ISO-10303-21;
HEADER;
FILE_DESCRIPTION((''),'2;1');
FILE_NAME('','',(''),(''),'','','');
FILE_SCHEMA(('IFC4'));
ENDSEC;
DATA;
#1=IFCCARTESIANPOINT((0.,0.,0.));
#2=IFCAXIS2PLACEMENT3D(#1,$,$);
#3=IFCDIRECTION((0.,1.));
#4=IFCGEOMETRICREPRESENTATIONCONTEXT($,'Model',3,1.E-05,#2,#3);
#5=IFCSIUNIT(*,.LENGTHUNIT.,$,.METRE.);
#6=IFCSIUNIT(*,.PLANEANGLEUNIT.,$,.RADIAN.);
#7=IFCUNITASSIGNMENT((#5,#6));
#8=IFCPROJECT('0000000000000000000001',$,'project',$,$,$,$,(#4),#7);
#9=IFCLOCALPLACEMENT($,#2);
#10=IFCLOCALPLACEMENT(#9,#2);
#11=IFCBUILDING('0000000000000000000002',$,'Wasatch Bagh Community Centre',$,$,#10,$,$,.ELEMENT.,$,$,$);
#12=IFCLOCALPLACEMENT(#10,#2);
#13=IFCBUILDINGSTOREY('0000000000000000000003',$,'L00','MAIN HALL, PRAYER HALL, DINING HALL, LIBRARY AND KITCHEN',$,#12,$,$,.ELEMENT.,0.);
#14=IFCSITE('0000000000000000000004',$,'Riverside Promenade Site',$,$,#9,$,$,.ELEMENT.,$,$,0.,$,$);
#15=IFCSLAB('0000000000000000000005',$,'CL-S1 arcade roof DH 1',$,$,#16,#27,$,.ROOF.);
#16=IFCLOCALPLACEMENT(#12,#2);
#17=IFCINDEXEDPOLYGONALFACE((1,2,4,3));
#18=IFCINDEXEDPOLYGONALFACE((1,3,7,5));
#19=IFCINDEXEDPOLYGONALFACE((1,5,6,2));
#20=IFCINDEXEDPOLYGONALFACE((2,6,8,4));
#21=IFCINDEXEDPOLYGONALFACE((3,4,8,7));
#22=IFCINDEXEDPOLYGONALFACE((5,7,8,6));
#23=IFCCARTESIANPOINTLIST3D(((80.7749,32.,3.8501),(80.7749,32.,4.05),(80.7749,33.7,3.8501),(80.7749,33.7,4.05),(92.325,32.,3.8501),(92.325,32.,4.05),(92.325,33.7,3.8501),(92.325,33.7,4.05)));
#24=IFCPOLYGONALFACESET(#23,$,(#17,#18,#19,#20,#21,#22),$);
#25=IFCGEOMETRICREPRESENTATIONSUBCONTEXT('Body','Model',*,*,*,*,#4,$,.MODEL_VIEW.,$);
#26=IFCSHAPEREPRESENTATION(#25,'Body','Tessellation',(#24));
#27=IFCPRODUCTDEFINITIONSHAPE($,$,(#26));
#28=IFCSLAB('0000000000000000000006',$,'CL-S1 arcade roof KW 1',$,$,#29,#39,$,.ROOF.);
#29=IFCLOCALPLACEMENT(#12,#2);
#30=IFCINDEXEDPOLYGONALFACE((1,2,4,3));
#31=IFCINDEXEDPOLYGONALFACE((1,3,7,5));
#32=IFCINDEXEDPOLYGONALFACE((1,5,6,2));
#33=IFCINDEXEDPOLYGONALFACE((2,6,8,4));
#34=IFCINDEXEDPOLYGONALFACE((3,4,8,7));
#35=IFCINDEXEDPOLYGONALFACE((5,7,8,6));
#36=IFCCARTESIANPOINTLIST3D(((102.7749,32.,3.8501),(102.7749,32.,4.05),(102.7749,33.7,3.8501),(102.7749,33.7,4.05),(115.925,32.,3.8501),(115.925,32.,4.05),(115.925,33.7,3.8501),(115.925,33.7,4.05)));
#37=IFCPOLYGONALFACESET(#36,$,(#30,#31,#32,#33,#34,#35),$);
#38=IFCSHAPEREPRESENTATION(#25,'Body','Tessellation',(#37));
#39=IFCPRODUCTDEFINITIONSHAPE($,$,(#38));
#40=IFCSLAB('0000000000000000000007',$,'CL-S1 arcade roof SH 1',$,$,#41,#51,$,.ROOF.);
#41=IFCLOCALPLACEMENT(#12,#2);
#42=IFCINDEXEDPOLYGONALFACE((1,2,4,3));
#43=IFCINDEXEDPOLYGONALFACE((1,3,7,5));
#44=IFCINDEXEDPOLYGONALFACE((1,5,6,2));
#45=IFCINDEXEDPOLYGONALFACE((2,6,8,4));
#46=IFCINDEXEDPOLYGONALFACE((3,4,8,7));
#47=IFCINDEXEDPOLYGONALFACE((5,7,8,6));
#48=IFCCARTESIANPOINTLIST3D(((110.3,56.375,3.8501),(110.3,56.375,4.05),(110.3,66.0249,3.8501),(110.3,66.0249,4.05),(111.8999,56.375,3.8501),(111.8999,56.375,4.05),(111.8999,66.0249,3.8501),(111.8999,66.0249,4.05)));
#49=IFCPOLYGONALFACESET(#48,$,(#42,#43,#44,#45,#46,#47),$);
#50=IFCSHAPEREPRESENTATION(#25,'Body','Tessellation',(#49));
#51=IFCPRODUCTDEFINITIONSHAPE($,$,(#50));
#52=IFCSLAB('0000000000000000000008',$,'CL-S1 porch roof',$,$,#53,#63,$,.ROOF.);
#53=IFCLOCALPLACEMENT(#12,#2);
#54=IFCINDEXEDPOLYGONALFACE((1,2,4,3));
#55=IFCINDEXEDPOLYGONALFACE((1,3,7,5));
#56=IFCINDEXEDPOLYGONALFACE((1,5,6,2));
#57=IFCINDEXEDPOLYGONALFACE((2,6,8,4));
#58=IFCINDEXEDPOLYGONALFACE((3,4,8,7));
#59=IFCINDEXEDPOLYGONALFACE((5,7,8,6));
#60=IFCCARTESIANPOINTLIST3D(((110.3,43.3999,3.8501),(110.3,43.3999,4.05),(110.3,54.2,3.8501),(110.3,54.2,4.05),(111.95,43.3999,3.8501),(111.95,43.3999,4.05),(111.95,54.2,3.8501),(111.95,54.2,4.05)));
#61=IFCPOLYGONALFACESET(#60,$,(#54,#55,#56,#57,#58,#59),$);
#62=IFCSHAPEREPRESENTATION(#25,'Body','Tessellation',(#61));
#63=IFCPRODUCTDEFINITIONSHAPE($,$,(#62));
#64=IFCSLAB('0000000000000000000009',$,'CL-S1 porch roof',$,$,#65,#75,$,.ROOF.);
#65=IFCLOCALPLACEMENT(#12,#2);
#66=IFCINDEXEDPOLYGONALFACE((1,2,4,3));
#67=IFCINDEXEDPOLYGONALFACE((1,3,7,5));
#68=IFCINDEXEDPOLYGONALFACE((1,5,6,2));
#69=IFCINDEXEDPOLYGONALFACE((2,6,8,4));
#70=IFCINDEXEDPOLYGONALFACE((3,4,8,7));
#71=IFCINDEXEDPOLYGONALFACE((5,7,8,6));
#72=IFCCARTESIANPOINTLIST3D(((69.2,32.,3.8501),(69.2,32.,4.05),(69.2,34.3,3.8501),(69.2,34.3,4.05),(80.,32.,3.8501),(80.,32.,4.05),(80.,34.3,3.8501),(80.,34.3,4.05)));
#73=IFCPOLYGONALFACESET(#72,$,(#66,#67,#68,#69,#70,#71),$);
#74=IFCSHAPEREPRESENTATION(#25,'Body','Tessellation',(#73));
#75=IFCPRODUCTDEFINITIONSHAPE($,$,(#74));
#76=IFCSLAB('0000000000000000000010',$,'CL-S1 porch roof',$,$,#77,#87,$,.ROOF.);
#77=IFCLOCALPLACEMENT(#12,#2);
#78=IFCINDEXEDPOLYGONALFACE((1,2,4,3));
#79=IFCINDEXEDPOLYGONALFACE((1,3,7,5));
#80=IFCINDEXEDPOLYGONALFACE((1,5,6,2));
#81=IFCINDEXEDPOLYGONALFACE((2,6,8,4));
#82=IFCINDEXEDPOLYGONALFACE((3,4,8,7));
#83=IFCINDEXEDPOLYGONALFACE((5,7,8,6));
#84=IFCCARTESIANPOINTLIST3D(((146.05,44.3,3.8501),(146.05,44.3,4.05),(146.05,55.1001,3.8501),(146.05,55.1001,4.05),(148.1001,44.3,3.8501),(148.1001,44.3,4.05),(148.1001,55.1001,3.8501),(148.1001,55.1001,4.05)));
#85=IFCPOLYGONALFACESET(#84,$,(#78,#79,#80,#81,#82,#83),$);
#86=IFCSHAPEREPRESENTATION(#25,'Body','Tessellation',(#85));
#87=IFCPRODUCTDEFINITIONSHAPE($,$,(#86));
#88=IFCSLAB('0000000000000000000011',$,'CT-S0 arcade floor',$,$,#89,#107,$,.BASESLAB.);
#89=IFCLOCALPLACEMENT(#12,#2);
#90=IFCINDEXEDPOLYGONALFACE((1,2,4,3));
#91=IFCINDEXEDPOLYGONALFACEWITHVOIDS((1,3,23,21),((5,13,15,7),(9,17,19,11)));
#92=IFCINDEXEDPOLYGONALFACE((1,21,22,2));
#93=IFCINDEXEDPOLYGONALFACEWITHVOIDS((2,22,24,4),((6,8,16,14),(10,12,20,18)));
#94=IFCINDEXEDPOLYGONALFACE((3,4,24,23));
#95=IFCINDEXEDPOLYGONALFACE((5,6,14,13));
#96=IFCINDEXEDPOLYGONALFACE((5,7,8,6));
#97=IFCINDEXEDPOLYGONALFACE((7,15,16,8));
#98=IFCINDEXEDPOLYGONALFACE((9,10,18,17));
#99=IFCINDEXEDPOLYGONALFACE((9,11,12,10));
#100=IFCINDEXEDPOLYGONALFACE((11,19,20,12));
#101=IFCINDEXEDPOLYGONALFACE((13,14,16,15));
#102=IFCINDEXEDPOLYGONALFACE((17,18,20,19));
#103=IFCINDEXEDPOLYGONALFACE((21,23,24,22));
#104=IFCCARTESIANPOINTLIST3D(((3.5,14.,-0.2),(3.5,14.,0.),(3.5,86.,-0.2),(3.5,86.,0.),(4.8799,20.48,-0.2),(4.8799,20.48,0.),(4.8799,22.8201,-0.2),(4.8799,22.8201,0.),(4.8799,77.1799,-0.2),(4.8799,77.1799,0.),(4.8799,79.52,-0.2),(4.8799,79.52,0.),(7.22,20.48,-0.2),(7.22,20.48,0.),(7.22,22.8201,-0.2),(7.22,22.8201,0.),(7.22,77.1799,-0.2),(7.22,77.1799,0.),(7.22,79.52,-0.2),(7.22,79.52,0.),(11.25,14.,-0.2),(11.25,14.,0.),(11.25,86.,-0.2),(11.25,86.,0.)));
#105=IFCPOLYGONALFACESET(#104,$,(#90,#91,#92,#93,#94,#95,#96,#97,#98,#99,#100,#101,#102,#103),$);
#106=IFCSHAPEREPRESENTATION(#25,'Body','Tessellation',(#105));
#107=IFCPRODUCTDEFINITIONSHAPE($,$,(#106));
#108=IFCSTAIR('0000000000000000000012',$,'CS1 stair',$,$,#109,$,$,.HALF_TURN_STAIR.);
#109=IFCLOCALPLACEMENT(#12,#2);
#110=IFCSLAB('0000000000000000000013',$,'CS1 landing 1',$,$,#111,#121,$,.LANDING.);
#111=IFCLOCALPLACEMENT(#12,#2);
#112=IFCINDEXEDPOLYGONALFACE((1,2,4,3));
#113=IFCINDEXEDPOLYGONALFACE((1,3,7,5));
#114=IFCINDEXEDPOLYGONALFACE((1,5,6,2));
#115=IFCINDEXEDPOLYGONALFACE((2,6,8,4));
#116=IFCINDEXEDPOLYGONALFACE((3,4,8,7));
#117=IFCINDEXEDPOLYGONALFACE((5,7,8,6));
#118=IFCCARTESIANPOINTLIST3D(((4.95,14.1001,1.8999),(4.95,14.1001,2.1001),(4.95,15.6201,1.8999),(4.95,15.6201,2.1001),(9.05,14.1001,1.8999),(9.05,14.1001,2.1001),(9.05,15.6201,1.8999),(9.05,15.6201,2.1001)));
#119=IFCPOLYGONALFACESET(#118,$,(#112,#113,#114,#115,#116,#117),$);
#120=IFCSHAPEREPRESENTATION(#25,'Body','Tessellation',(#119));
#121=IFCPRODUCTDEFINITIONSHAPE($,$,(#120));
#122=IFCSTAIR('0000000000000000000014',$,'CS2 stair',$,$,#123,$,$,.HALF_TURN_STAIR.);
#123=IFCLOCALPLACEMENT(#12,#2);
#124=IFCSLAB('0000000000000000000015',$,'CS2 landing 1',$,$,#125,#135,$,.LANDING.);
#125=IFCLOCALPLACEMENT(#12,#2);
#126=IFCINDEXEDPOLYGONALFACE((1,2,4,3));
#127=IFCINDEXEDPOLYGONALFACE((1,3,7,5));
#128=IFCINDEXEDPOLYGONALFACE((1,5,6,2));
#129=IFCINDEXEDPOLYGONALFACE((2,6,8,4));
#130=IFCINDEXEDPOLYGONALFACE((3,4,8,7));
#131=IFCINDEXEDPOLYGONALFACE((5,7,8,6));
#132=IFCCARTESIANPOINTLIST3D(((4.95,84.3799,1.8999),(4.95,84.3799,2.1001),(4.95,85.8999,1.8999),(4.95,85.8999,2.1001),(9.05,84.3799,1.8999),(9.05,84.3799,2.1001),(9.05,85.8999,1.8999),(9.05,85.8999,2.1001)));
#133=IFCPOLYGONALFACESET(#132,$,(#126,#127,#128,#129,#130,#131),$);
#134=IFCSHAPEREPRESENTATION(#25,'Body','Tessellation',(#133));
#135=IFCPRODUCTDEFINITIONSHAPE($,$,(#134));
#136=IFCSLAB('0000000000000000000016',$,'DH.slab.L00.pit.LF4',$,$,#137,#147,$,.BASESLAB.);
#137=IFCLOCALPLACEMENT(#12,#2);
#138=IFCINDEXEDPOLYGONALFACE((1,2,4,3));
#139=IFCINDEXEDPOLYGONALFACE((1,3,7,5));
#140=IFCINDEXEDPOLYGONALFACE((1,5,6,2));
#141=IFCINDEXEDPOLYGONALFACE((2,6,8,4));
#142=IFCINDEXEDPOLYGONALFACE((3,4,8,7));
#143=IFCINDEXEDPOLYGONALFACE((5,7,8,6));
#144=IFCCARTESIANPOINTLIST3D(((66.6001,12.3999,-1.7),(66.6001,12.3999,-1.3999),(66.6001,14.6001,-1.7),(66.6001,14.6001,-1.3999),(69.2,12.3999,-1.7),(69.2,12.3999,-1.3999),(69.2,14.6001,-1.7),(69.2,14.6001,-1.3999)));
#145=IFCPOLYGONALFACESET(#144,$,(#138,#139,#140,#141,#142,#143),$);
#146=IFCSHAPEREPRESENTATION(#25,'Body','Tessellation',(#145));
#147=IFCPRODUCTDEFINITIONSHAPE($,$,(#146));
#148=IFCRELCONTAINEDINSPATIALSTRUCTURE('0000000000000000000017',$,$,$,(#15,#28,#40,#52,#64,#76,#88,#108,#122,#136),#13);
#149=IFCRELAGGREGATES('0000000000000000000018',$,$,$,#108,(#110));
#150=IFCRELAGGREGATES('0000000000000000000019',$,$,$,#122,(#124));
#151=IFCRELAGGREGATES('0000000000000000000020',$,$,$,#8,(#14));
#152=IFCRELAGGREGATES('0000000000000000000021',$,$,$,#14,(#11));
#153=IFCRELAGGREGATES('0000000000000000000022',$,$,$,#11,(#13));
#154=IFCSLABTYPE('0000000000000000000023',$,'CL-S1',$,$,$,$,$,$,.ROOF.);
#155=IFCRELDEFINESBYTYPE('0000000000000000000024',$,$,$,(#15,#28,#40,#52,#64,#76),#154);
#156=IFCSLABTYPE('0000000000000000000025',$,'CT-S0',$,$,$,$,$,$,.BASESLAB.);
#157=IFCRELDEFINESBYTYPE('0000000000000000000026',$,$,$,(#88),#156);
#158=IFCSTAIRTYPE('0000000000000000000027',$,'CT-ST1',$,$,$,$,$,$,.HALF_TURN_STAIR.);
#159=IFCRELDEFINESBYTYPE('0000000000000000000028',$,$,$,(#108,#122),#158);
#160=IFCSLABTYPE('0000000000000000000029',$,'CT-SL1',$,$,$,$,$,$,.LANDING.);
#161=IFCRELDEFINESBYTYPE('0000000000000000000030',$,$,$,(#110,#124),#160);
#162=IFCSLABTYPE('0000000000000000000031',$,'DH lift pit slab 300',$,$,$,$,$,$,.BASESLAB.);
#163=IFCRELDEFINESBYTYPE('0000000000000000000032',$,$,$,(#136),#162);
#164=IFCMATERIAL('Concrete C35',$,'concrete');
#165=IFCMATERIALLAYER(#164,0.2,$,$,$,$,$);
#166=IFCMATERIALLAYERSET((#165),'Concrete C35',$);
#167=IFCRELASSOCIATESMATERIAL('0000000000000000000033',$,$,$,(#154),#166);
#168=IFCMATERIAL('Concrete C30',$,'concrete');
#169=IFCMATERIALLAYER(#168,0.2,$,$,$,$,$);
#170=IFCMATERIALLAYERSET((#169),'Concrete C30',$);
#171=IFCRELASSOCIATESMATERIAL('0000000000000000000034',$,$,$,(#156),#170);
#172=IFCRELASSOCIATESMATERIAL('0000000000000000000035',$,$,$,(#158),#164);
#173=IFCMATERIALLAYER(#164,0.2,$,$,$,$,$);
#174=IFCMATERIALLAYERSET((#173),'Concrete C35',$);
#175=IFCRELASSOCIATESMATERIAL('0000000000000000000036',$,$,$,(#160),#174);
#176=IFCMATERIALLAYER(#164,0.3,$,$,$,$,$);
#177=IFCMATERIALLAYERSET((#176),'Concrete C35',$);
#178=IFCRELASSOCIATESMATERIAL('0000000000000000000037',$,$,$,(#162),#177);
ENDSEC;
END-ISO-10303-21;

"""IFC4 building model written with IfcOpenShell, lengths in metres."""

from ifc_helpers import new_model, si_unit, direction, frame, origin, place, context, subcontext, project, spatial, polyline, outline, extrude, material, layer, layer_set, type_object, element, aggregate, save


model = new_model("IFC4")

# Units and contexts
model_context = context("Model", 3, precision=1e-05, world=origin(), true_north=direction((0.0, 1.0)))
body_context = subcontext(model_context, "Body", "Model", "MODEL_VIEW")
ifc_project = project(units=[si_unit("LENGTHUNIT", "METRE"), si_unit("PLANEANGLEUNIT", "RADIAN")], contexts=[model_context])

# Site, building, storey
site_placement = place(None, origin())
site = spatial("IfcSite", under=ifc_project, at=site_placement, Name="Riverside Promenade Site", CompositionType="ELEMENT", RefElevation=0.0)
building_placement = place(site_placement, origin())
building = spatial("IfcBuilding", under=site, at=building_placement, Name="Wasatch Bagh Community Centre", CompositionType="ELEMENT")
storey_placement = place(building_placement, origin())
storey = spatial("IfcBuildingStorey", under=building, at=storey_placement, Name="L00", Description="MAIN HALL, PRAYER HALL, DINING HALL, LIBRARY AND KITCHEN", CompositionType="ELEMENT", Elevation=0.0)

# Slabs
ifc_material_1 = material(Name="Concrete C35", Category="concrete")
ifc_layer_1 = layer(ifc_material_1, 0.2)
ifc_layer_set_1 = layer_set([ifc_layer_1], Name="Concrete C35")
slab_type_1 = type_object("IfcSlabType", Name="CL-S1", PredefinedType="ROOF", material=ifc_layer_set_1)
slab_1_placement = place(storey_placement, frame((0.0, 0.0, 3.8501)))
element("IfcSlab", 1, at=slab_1_placement, inside=storey, type_object=slab_type_1, Name="CL-S1 arcade roof DH 1", PredefinedType="ROOF", context=body_context, shape_type="SweptSolid", body=[
    extrude(outline(polyline([(80.7749, 32.0), (92.325, 32.0), (92.325, 33.7), (80.7749, 33.7), (80.7749, 32.0)])), origin(), (0.0, 0.0, 1.0), 0.2),
])
slab_2_placement = place(storey_placement, frame((0.0, 0.0, 3.8501)))
element("IfcSlab", 2, at=slab_2_placement, inside=storey, type_object=slab_type_1, Name="CL-S1 arcade roof KW 1", PredefinedType="ROOF", context=body_context, shape_type="SweptSolid", body=[
    extrude(outline(polyline([(102.7749, 32.0), (115.925, 32.0), (115.925, 33.7), (102.7749, 33.7), (102.7749, 32.0)])), origin(), (0.0, 0.0, 1.0), 0.2),
])
slab_3_placement = place(storey_placement, frame((0.0, 0.0, 3.8501)))
element("IfcSlab", 3, at=slab_3_placement, inside=storey, type_object=slab_type_1, Name="CL-S1 arcade roof SH 1", PredefinedType="ROOF", context=body_context, shape_type="SweptSolid", body=[
    extrude(outline(polyline([(110.3, 56.375), (111.8999, 56.375), (111.8999, 66.0249), (110.3, 66.0249), (110.3, 56.375)])), origin(), (0.0, 0.0, 1.0), 0.2),
])
slab_4_placement = place(storey_placement, frame((0.0, 0.0, 3.8501)))
element("IfcSlab", 4, at=slab_4_placement, inside=storey, type_object=slab_type_1, Name="CL-S1 porch roof", PredefinedType="ROOF", context=body_context, shape_type="SweptSolid", body=[
    extrude(outline(polyline([(110.3, 43.3999), (110.3, 54.2), (111.95, 54.2), (111.95, 43.3999), (110.3, 43.3999)])), origin(), (0.0, 0.0, 1.0), 0.2),
])
slab_5_placement = place(storey_placement, frame((0.0, 0.0, 3.8501)))
element("IfcSlab", 5, at=slab_5_placement, inside=storey, type_object=slab_type_1, Name="CL-S1 porch roof", PredefinedType="ROOF", context=body_context, shape_type="SweptSolid", body=[
    extrude(outline(polyline([(69.2, 34.3), (80.0, 34.3), (80.0, 32.0), (69.2, 32.0), (69.2, 34.3)])), origin(), (0.0, 0.0, 1.0), 0.2),
])
slab_6_placement = place(storey_placement, frame((0.0, 0.0, 3.8501)))
element("IfcSlab", 6, at=slab_6_placement, inside=storey, type_object=slab_type_1, Name="CL-S1 porch roof", PredefinedType="ROOF", context=body_context, shape_type="SweptSolid", body=[
    extrude(outline(polyline([(148.1001, 55.1001), (148.1001, 44.3), (146.05, 44.3), (146.05, 55.1001), (148.1001, 55.1001)])), origin(), (0.0, 0.0, 1.0), 0.2),
])
ifc_material_2 = material(Name="Concrete C30", Category="concrete")
ifc_layer_2 = layer(ifc_material_2, 0.2)
ifc_layer_set_2 = layer_set([ifc_layer_2], Name="Concrete C30")
slab_type_2 = type_object("IfcSlabType", Name="CT-S0", PredefinedType="BASESLAB", material=ifc_layer_set_2)
slab_7_placement = place(storey_placement, frame((0.0, 0.0, -0.2)))
element("IfcSlab", 7, at=slab_7_placement, inside=storey, type_object=slab_type_2, Name="CT-S0 arcade floor", PredefinedType="BASESLAB", context=body_context, shape_type="SweptSolid", body=[
    extrude(outline(polyline([(3.5, 14.0), (3.5, 86.0), (11.25, 86.0), (11.25, 14.0), (3.5, 14.0)]), holes=[polyline([(7.22, 20.48), (7.22, 22.8201), (4.8799, 22.8201), (4.8799, 20.48), (7.22, 20.48)]), polyline([(7.22, 77.1799), (7.22, 79.52), (4.8799, 79.52), (4.8799, 77.1799), (7.22, 77.1799)])]), origin(), (0.0, 0.0, 1.0), 0.2),
])

# Stairs, slabs
stair_type = type_object("IfcStairType", Name="CT-ST1", PredefinedType="HALF_TURN_STAIR", material=ifc_material_1)
stair_1_placement = place(storey_placement, origin())
stair_1 = element("IfcStair", 8, at=stair_1_placement, inside=storey, type_object=stair_type, Name="CS1 stair", PredefinedType="HALF_TURN_STAIR")
ifc_layer_3 = layer(ifc_material_1, 0.2)
ifc_layer_set_3 = layer_set([ifc_layer_3], Name="Concrete C35")
slab_type_3 = type_object("IfcSlabType", Name="CT-SL1", PredefinedType="LANDING", material=ifc_layer_set_3)
slab_8_placement = place(storey_placement, frame((0.0, 0.0, 1.8999)))
slab_8 = element("IfcSlab", 9, at=slab_8_placement, type_object=slab_type_3, Name="CS1 landing 1", PredefinedType="LANDING", context=body_context, shape_type="SweptSolid", body=[
    extrude(outline(polyline([(4.95, 14.1001), (9.05, 14.1001), (9.05, 15.6201), (4.95, 15.6201), (4.95, 14.1001)])), origin(), (0.0, 0.0, 1.0), 0.2002),
])
aggregate(stair_1, [slab_8])
stair_2_placement = place(storey_placement, origin())
stair_2 = element("IfcStair", 10, at=stair_2_placement, inside=storey, type_object=stair_type, Name="CS2 stair", PredefinedType="HALF_TURN_STAIR")
slab_9_placement = place(storey_placement, frame((0.0, 0.0, 1.8999)))
slab_9 = element("IfcSlab", 11, at=slab_9_placement, type_object=slab_type_3, Name="CS2 landing 1", PredefinedType="LANDING", context=body_context, shape_type="SweptSolid", body=[
    extrude(outline(polyline([(4.95, 85.8999), (9.05, 85.8999), (9.05, 84.3799), (4.95, 84.3799), (4.95, 85.8999)])), origin(), (0.0, 0.0, 1.0), 0.2002),
])
aggregate(stair_2, [slab_9])

# Slab
ifc_layer_4 = layer(ifc_material_1, 0.3)
ifc_layer_set_4 = layer_set([ifc_layer_4], Name="Concrete C35")
slab_type_4 = type_object("IfcSlabType", Name="DH lift pit slab 300", PredefinedType="BASESLAB", material=ifc_layer_set_4)
slab_10_placement = place(storey_placement, frame((0.0, 0.0, -1.7)))
element("IfcSlab", 12, at=slab_10_placement, inside=storey, type_object=slab_type_4, Name="DH.slab.L00.pit.LF4", PredefinedType="BASESLAB", context=body_context, shape_type="SweptSolid", body=[
    extrude(outline(polyline([(66.6001, 12.3999), (69.2, 12.3999), (69.2, 14.6001), (66.6001, 14.6001), (66.6001, 12.3999)])), origin(), (0.0, 0.0, 1.0), 0.3),
])

save(model, "model.ifc")
